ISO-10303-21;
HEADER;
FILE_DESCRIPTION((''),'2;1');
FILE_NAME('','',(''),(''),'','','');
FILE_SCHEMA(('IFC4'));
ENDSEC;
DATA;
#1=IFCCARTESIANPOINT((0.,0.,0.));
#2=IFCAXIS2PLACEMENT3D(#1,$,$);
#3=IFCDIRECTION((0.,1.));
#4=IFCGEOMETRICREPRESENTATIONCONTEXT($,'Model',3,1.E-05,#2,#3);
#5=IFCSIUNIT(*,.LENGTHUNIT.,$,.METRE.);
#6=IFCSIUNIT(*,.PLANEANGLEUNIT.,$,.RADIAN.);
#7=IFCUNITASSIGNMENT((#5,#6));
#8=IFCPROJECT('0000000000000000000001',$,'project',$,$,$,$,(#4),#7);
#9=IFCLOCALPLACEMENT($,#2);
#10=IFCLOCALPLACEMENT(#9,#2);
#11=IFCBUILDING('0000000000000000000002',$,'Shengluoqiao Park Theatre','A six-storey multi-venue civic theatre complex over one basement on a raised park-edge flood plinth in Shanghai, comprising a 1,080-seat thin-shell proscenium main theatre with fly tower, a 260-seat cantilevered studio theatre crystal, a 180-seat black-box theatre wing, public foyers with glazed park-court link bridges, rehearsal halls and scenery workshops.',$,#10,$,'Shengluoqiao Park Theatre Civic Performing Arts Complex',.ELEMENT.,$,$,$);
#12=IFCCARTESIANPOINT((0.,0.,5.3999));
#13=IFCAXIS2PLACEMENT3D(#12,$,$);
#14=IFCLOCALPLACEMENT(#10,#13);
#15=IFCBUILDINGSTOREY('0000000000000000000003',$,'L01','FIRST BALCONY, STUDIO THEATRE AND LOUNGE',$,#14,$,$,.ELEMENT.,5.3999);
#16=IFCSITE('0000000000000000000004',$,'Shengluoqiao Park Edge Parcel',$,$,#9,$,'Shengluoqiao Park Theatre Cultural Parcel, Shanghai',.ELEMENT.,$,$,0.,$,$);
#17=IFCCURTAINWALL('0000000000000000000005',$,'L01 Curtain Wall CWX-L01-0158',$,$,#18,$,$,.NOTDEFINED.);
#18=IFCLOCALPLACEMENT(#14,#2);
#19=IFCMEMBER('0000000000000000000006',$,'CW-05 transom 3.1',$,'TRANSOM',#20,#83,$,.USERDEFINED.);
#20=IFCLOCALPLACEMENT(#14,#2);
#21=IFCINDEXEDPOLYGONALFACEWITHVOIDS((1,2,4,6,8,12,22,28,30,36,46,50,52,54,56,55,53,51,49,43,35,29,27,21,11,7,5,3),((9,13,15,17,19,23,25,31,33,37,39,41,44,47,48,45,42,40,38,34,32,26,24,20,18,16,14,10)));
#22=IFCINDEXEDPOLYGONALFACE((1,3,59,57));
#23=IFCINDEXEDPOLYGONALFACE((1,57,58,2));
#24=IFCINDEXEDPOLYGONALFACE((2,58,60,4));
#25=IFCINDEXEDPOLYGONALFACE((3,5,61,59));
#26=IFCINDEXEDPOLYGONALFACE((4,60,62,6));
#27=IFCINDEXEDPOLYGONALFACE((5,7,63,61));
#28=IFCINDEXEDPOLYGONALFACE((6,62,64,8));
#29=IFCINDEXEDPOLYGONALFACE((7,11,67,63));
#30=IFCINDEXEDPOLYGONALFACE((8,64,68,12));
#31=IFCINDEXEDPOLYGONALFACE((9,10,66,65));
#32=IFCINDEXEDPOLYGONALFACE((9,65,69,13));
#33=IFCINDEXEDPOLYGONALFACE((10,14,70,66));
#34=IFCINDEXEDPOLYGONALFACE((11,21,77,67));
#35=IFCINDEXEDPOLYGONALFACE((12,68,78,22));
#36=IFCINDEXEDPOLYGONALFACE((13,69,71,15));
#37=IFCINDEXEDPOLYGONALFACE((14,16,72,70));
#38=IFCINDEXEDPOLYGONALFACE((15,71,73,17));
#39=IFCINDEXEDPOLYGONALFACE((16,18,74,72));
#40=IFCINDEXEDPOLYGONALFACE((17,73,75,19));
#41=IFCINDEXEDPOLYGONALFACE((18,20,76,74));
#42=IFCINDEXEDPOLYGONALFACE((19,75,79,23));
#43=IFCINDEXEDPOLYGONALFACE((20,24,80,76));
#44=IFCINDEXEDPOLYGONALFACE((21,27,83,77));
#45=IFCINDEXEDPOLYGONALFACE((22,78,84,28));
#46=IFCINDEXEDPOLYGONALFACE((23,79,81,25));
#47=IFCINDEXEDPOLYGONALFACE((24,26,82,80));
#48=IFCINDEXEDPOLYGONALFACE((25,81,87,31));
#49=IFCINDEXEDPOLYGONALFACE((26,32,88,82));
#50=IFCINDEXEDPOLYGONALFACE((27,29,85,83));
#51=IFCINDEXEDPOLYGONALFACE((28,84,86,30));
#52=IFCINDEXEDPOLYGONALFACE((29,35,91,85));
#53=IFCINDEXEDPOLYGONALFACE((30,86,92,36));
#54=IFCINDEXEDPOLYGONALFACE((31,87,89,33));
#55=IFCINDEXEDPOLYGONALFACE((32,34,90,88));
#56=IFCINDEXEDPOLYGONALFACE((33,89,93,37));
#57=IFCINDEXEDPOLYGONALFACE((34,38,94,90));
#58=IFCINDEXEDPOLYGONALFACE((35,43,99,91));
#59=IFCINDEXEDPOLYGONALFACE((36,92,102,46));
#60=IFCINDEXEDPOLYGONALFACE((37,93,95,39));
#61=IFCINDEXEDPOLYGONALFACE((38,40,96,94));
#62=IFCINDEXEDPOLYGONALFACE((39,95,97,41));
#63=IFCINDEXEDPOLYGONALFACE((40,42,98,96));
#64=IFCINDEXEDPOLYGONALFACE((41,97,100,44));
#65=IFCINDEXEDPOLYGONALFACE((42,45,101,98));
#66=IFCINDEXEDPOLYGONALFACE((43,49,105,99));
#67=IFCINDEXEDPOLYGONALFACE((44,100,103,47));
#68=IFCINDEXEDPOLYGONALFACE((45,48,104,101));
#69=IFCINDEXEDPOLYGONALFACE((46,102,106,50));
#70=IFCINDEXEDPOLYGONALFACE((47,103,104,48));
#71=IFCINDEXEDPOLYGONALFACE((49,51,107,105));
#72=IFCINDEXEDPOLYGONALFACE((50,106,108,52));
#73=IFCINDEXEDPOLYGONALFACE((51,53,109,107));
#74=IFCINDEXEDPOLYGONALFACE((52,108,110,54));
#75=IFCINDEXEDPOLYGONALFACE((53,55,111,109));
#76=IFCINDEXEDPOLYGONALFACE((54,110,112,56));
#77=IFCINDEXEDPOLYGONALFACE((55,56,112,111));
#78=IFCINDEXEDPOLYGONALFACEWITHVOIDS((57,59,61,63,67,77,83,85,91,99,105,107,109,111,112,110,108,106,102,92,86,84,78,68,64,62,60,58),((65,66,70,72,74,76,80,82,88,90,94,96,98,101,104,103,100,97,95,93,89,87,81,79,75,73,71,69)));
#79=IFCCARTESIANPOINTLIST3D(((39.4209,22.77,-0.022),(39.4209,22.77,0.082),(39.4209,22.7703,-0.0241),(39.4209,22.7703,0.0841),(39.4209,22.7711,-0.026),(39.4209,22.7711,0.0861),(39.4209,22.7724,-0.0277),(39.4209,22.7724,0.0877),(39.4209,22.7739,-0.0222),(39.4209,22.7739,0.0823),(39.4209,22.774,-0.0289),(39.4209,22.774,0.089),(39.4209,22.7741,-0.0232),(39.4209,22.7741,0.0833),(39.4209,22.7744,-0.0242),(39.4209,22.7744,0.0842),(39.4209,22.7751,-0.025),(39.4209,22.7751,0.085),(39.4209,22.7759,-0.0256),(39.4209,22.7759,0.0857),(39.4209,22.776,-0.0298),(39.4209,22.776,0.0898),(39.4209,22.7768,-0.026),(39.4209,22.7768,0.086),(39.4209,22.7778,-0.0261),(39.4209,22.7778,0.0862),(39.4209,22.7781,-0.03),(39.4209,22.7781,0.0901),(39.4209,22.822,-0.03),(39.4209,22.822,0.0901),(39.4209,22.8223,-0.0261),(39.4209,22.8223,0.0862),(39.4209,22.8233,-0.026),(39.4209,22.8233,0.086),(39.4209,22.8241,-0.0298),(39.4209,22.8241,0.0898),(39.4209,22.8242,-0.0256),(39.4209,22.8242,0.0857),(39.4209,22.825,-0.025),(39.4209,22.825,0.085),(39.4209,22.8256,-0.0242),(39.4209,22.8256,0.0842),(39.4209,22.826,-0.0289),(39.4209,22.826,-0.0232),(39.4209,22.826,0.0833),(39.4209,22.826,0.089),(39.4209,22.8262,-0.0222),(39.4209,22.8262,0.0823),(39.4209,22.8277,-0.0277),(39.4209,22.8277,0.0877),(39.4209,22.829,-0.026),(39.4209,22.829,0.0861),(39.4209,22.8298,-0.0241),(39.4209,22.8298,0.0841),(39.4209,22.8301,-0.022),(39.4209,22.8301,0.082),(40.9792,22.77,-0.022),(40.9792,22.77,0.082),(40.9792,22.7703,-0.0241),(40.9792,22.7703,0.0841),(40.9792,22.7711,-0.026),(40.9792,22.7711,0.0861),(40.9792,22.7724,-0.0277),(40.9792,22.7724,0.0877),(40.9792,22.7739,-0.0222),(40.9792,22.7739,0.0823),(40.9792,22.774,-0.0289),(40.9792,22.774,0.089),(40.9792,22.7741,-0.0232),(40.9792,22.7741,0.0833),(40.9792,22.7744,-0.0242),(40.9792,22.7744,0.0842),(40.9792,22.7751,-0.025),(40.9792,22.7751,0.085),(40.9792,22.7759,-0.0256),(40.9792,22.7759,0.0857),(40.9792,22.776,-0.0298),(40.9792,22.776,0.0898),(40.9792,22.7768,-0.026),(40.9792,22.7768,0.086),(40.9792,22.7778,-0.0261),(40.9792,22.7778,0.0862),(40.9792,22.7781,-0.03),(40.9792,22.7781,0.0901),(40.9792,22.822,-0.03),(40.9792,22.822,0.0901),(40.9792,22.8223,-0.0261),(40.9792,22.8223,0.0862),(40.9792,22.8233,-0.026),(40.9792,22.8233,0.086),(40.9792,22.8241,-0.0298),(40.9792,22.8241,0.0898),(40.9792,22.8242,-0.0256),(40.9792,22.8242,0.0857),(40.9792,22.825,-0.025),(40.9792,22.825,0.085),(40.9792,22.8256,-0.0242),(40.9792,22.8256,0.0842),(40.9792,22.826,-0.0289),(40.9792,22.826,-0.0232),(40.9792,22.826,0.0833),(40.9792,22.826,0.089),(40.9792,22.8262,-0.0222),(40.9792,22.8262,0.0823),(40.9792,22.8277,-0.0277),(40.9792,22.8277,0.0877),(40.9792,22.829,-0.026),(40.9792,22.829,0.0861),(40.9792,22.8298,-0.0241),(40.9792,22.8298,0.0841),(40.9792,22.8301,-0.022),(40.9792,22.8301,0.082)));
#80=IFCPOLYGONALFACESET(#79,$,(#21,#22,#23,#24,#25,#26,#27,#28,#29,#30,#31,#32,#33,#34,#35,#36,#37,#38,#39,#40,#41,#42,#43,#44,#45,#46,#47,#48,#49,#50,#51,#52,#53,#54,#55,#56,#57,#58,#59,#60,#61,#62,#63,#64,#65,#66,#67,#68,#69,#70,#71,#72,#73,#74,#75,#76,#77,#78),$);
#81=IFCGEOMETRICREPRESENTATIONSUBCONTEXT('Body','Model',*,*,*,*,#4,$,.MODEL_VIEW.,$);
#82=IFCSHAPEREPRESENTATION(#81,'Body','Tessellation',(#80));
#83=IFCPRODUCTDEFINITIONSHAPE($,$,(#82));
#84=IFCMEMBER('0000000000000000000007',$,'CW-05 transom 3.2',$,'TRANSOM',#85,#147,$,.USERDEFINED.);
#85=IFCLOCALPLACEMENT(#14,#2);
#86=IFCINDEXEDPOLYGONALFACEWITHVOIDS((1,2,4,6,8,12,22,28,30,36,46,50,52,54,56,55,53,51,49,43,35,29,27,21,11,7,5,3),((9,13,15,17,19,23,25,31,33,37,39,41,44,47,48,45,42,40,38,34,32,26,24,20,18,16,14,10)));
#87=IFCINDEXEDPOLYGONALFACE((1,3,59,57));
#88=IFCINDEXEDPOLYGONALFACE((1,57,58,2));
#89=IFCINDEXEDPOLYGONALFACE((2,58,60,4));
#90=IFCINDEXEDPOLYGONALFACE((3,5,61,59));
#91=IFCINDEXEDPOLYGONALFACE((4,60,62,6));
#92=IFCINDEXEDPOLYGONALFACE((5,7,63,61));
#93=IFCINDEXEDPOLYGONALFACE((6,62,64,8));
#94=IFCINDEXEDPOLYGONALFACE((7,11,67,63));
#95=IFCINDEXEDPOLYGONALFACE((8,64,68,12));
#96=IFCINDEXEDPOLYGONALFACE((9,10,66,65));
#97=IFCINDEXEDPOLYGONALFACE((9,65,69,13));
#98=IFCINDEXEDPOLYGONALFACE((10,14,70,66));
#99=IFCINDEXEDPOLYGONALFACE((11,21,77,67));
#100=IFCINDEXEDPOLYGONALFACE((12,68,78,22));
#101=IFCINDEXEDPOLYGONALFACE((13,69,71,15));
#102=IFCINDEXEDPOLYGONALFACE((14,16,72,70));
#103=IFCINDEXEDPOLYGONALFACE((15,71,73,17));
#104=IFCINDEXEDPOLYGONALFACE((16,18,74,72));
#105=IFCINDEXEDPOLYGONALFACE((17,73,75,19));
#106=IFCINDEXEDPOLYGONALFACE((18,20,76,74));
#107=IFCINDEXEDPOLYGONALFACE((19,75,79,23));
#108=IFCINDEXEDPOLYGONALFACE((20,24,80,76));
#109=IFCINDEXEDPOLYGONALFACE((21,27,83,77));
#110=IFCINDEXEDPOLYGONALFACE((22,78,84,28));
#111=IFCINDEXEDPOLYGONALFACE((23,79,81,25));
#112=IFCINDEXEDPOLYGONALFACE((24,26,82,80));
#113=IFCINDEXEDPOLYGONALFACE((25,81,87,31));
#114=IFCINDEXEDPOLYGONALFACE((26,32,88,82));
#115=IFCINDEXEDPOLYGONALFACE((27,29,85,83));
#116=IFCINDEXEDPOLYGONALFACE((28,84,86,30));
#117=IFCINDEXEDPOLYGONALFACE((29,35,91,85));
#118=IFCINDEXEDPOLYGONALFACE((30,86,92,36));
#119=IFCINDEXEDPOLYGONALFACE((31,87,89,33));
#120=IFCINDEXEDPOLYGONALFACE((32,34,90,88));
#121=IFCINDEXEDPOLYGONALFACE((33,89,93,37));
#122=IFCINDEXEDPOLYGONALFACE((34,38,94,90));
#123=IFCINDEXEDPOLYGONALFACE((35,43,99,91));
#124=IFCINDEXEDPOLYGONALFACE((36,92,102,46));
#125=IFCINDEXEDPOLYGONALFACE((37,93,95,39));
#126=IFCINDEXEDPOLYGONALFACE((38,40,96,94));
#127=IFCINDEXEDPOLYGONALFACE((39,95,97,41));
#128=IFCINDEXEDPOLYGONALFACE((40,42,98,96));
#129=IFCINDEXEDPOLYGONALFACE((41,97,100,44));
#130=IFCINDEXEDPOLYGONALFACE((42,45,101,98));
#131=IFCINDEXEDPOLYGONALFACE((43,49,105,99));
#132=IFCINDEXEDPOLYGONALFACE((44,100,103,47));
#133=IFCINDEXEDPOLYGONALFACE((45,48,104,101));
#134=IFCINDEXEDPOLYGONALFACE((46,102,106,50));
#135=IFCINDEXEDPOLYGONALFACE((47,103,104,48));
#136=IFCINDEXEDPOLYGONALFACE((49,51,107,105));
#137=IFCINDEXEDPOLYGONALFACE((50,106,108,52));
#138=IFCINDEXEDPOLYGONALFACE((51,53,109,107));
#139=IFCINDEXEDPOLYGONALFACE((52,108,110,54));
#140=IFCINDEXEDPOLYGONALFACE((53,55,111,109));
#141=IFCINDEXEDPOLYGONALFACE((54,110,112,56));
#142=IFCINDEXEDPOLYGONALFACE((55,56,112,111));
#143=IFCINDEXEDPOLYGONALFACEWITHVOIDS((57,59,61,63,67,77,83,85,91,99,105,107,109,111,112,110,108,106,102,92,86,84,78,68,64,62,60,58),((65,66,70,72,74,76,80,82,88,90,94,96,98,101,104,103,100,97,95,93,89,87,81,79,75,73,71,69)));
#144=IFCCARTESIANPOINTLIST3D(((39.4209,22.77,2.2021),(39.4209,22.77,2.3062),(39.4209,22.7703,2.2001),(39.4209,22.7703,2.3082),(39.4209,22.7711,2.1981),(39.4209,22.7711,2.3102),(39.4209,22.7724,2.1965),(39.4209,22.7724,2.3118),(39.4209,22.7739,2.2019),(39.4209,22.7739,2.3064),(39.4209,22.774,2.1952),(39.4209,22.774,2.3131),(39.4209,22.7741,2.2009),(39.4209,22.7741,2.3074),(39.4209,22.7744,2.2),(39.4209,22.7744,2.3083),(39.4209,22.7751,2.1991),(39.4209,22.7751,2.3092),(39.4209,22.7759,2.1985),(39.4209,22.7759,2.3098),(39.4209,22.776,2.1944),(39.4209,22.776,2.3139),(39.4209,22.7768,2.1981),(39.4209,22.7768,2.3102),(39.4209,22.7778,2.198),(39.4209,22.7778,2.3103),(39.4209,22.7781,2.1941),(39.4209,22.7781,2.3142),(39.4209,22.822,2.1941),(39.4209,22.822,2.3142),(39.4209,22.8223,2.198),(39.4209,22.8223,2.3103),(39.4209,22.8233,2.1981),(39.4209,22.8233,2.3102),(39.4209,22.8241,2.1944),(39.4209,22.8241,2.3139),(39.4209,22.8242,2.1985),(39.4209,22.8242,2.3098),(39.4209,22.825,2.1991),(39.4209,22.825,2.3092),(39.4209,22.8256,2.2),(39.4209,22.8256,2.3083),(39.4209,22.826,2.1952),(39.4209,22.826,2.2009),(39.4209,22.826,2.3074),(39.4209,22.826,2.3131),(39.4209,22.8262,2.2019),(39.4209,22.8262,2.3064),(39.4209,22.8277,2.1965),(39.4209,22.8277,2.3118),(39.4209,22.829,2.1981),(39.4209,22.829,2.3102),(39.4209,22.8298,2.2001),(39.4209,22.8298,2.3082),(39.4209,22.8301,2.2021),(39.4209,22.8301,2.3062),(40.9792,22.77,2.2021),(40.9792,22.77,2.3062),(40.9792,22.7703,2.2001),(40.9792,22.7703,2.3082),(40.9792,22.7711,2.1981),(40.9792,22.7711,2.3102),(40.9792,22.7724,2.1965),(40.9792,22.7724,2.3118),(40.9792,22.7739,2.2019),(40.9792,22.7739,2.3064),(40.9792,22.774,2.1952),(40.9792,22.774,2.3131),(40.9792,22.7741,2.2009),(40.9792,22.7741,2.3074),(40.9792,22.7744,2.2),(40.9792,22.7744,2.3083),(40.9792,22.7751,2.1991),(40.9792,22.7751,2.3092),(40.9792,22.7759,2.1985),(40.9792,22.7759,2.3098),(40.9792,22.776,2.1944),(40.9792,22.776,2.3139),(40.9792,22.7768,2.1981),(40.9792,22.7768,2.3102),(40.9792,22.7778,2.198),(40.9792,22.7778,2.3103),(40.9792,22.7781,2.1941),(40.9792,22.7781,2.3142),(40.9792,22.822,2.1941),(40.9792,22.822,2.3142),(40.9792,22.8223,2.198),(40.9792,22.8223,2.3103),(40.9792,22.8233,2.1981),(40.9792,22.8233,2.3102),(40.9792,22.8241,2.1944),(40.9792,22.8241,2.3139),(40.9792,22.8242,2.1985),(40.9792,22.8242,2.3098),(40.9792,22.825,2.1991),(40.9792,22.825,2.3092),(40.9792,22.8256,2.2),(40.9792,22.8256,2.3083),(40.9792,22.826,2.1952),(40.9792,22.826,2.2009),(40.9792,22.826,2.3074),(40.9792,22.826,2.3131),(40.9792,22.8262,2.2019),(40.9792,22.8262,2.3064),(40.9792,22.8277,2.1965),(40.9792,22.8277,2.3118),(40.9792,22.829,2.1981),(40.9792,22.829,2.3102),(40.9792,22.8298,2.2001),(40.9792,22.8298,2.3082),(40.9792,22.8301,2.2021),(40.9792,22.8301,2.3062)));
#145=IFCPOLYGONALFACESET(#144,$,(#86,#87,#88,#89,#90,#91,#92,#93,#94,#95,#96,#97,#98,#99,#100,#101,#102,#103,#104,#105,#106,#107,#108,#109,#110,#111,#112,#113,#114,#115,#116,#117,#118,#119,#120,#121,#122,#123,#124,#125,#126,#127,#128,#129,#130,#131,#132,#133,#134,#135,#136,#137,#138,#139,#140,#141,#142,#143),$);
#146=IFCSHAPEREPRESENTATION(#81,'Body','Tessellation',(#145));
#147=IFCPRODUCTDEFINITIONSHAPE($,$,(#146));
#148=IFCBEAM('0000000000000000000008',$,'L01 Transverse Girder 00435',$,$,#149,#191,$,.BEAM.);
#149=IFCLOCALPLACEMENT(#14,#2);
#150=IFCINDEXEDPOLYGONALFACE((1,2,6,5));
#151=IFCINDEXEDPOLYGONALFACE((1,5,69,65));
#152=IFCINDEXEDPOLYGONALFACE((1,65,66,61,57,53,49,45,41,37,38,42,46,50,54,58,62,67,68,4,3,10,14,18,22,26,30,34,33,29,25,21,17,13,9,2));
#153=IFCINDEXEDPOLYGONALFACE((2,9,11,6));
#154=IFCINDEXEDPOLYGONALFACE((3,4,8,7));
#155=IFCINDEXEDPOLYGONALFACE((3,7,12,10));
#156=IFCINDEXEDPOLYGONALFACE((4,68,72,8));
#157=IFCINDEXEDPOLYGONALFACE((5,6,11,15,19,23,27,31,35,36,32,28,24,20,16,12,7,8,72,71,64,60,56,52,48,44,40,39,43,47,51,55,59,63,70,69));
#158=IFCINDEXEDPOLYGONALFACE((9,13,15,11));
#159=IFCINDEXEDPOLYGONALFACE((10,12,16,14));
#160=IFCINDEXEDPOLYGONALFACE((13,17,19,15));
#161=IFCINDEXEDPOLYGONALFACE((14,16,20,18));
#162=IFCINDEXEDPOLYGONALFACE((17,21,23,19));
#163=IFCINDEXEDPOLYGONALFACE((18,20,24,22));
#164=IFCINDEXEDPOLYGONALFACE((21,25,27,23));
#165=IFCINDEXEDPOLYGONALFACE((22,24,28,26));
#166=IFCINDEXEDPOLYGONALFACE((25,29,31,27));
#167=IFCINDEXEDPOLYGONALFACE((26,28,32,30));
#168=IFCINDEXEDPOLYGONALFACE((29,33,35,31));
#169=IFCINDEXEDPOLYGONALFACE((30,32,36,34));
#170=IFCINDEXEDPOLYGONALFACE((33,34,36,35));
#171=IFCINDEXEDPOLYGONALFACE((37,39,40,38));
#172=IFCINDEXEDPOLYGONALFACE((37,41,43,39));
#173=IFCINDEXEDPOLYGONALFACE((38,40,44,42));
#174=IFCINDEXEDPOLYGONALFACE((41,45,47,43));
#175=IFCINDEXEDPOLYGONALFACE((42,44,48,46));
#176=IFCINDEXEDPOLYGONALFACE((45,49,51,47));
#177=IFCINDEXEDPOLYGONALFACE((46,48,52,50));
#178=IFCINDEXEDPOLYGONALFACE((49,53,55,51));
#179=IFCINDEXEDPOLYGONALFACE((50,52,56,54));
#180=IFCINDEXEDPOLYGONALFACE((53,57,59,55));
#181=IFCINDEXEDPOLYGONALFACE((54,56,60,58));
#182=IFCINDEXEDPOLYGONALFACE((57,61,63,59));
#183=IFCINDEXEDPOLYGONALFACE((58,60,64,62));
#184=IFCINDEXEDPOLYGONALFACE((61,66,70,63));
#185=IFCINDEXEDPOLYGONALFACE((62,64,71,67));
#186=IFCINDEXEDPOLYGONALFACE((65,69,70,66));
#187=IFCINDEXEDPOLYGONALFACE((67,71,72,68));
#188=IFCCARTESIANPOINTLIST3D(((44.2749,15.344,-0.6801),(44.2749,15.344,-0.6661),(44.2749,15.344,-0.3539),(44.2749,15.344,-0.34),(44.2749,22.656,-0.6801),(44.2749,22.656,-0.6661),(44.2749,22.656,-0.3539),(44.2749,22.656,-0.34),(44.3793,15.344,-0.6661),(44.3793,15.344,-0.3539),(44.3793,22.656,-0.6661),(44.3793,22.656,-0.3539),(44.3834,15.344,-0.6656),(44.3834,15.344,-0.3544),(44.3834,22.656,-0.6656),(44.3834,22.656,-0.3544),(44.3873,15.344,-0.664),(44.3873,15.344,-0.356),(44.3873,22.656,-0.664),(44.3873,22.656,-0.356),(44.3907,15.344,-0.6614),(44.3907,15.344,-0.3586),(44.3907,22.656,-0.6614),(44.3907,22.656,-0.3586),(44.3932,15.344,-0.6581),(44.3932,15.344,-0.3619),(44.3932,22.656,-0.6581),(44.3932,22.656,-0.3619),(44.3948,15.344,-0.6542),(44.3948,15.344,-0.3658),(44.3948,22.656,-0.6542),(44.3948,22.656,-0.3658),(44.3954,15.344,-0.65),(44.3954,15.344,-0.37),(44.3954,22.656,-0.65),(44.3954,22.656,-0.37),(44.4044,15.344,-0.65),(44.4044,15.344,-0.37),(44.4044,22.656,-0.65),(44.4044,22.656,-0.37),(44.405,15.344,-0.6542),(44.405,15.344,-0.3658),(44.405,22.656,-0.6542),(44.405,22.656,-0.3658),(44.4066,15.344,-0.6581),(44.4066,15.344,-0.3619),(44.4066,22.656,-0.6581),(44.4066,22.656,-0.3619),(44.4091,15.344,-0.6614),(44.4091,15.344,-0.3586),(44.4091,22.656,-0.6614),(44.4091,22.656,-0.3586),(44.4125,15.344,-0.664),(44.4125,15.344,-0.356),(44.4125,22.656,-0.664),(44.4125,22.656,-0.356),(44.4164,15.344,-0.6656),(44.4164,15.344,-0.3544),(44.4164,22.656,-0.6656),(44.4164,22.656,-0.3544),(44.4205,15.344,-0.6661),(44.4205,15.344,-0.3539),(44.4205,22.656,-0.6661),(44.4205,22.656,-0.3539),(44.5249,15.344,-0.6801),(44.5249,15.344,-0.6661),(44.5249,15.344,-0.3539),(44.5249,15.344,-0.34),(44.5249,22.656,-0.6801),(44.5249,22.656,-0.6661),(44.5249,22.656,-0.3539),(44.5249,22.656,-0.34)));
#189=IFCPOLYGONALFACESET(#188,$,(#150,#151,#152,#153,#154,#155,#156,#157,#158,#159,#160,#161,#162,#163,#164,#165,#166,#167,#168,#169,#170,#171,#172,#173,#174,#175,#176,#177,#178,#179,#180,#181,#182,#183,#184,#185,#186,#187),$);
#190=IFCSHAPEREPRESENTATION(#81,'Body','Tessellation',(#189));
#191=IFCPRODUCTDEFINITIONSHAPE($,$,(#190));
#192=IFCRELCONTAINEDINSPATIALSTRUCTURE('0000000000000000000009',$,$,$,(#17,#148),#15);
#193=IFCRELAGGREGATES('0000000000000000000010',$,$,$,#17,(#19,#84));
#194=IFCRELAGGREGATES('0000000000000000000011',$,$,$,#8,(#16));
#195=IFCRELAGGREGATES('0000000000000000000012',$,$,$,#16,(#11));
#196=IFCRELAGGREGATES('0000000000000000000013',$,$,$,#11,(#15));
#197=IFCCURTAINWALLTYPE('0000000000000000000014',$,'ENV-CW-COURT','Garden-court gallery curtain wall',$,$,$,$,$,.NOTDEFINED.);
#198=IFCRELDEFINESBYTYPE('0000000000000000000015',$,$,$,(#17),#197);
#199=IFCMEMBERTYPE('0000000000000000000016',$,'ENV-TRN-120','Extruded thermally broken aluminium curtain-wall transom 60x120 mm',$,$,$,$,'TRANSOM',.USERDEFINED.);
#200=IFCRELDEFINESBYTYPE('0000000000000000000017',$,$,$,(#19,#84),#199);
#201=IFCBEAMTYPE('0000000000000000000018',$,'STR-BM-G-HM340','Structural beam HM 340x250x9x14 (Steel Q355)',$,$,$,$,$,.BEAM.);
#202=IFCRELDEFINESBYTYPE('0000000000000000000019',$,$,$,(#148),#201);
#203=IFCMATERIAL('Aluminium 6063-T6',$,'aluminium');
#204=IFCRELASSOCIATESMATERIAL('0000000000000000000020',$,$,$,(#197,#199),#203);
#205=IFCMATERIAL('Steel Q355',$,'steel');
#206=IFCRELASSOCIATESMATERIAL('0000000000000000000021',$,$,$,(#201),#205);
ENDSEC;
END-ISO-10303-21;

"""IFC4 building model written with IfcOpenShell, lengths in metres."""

from ifc_helpers import new_model, si_unit, direction, frame, origin, origin_2d, place, context, subcontext, project, spatial, hollow_rectangle, i_section, extrude, material, material_profile, profile_set, type_object, element, aggregate, save


model = new_model("IFC4")

# Units and contexts
model_context = context("Model", 3, precision=1e-05, world=origin(), true_north=direction((0.0, 1.0)))
body_context = subcontext(model_context, "Body", "Model", "MODEL_VIEW")
ifc_project = project(units=[si_unit("LENGTHUNIT", "METRE"), si_unit("PLANEANGLEUNIT", "RADIAN")], contexts=[model_context])

# Site, building, storey
site_placement = place(None, origin())
site = spatial("IfcSite", under=ifc_project, at=site_placement, Name="Shengluoqiao Park Edge Parcel", LongName="Shengluoqiao Park Theatre Cultural Parcel, Shanghai", CompositionType="ELEMENT", RefElevation=0.0)
building_placement = place(site_placement, origin())
building = spatial("IfcBuilding", under=site, at=building_placement, Name="Shengluoqiao Park Theatre", Description="A six-storey multi-venue civic theatre complex over one basement on a raised park-edge flood plinth in Shanghai, comprising a 1,080-seat thin-shell proscenium main theatre with fly tower, a 260-seat cantilevered studio theatre crystal, a 180-seat black-box theatre wing, public foyers with glazed park-court link bridges, rehearsal halls and scenery workshops.", LongName="Shengluoqiao Park Theatre Civic Performing Arts Complex", CompositionType="ELEMENT")
storey_placement = place(building_placement, frame((0.0, 0.0, 5.3999)))
storey = spatial("IfcBuildingStorey", under=building, at=storey_placement, Name="L01", Description="FIRST BALCONY, STUDIO THEATRE AND LOUNGE", CompositionType="ELEMENT", Elevation=5.3999)

# Shared definitions
ifc_material_1 = material(Name="Steel Q355", Category="steel")

# Shared definitions
ifc_material_2 = material(Name="Aluminium 6063-T6", Category="aluminium")
curtain_wall_type = type_object("IfcCurtainWallType", Name="ENV-CW-COURT", Description="Garden-court gallery curtain wall", PredefinedType="NOTDEFINED", material=ifc_material_2)

# Curtain wall
curtain_wall_1_placement = place(storey_placement, origin())
curtain_wall_1 = element("IfcCurtainWall", 1, at=curtain_wall_1_placement, inside=storey, type_object=curtain_wall_type, Name="L01 Curtain Wall CWX-L01-0158", PredefinedType="NOTDEFINED")

# Members
ifc_material_profile_1 = material_profile(ifc_material_2, hollow_rectangle(XDim=0.0601, YDim=0.1201, WallThickness=0.0039, InnerFilletRadius=0.0039, OuterFilletRadius=0.0081, at=origin_2d()), Name="ALU TRANSOM 120x60x4")
ifc_profile_set_1 = profile_set([ifc_material_profile_1], Name="Aluminium 6063-T6")
member_type_1 = type_object("IfcMemberType", Name="ENV-TRN-120", Description="Extruded thermally broken aluminium curtain-wall transom 60x120 mm", ElementType="TRANSOM", PredefinedType="USERDEFINED", material=ifc_profile_set_1)
member_1_placement = place(storey_placement, frame((39.4209, 22.8, 0.03), z_axis=(1.0, 0.0, 0.0), x_axis=(0.0, 1.0, 0.0)))
member_1 = element("IfcMember", 2, at=member_1_placement, type_object=member_type_1, Name="CW-05 transom 3.1", ObjectType="TRANSOM", PredefinedType="USERDEFINED", context=body_context, shape_type="SweptSolid", body=[
    extrude(hollow_rectangle(XDim=0.0601, YDim=0.1201, WallThickness=0.0039, InnerFilletRadius=0.0039, OuterFilletRadius=0.0081, at=origin_2d()), origin(), (0.0, 0.0, 1.0), 1.5583),
])
member_2_placement = place(storey_placement, frame((39.4209, 22.8, 2.2542), z_axis=(1.0, 0.0, 0.0), x_axis=(0.0, 1.0, 0.0)))
member_2 = element("IfcMember", 3, at=member_2_placement, type_object=member_type_1, Name="CW-05 transom 3.2", ObjectType="TRANSOM", PredefinedType="USERDEFINED", context=body_context, shape_type="SweptSolid", body=[
    extrude(hollow_rectangle(XDim=0.0601, YDim=0.1201, WallThickness=0.0039, InnerFilletRadius=0.0039, OuterFilletRadius=0.0081, at=origin_2d()), origin(), (0.0, 0.0, 1.0), 1.5583),
])

# Beam
ifc_material_profile_2 = material_profile(ifc_material_1, i_section(OverallWidth=0.25, OverallDepth=0.3401, WebThickness=0.009, FlangeThickness=0.0139, FilletRadius=0.0161, at=origin_2d()), Name="HM 340x250x9x14")
ifc_profile_set_2 = profile_set([ifc_material_profile_2], Name="Steel Q355")
beam_type_1 = type_object("IfcBeamType", Name="STR-BM-G-HM340", Description="Structural beam HM 340x250x9x14 (Steel Q355)", PredefinedType="BEAM", material=ifc_profile_set_2)
beam_placement = place(storey_placement, frame((44.3999, 15.344, -0.51), z_axis=(0.0, 1.0, 0.0), x_axis=(-1.0, 0.0, 0.0)))
element("IfcBeam", 4, at=beam_placement, inside=storey, type_object=beam_type_1, Name="L01 Transverse Girder 00435", PredefinedType="BEAM", context=body_context, shape_type="SweptSolid", body=[
    extrude(i_section(OverallWidth=0.25, OverallDepth=0.3401, WebThickness=0.009, FlangeThickness=0.0139, FilletRadius=0.0161, at=origin_2d()), origin(), (0.0, 0.0, 1.0), 7.312),
])

aggregate(curtain_wall_1, [member_1, member_2])

save(model, "model.ifc")
